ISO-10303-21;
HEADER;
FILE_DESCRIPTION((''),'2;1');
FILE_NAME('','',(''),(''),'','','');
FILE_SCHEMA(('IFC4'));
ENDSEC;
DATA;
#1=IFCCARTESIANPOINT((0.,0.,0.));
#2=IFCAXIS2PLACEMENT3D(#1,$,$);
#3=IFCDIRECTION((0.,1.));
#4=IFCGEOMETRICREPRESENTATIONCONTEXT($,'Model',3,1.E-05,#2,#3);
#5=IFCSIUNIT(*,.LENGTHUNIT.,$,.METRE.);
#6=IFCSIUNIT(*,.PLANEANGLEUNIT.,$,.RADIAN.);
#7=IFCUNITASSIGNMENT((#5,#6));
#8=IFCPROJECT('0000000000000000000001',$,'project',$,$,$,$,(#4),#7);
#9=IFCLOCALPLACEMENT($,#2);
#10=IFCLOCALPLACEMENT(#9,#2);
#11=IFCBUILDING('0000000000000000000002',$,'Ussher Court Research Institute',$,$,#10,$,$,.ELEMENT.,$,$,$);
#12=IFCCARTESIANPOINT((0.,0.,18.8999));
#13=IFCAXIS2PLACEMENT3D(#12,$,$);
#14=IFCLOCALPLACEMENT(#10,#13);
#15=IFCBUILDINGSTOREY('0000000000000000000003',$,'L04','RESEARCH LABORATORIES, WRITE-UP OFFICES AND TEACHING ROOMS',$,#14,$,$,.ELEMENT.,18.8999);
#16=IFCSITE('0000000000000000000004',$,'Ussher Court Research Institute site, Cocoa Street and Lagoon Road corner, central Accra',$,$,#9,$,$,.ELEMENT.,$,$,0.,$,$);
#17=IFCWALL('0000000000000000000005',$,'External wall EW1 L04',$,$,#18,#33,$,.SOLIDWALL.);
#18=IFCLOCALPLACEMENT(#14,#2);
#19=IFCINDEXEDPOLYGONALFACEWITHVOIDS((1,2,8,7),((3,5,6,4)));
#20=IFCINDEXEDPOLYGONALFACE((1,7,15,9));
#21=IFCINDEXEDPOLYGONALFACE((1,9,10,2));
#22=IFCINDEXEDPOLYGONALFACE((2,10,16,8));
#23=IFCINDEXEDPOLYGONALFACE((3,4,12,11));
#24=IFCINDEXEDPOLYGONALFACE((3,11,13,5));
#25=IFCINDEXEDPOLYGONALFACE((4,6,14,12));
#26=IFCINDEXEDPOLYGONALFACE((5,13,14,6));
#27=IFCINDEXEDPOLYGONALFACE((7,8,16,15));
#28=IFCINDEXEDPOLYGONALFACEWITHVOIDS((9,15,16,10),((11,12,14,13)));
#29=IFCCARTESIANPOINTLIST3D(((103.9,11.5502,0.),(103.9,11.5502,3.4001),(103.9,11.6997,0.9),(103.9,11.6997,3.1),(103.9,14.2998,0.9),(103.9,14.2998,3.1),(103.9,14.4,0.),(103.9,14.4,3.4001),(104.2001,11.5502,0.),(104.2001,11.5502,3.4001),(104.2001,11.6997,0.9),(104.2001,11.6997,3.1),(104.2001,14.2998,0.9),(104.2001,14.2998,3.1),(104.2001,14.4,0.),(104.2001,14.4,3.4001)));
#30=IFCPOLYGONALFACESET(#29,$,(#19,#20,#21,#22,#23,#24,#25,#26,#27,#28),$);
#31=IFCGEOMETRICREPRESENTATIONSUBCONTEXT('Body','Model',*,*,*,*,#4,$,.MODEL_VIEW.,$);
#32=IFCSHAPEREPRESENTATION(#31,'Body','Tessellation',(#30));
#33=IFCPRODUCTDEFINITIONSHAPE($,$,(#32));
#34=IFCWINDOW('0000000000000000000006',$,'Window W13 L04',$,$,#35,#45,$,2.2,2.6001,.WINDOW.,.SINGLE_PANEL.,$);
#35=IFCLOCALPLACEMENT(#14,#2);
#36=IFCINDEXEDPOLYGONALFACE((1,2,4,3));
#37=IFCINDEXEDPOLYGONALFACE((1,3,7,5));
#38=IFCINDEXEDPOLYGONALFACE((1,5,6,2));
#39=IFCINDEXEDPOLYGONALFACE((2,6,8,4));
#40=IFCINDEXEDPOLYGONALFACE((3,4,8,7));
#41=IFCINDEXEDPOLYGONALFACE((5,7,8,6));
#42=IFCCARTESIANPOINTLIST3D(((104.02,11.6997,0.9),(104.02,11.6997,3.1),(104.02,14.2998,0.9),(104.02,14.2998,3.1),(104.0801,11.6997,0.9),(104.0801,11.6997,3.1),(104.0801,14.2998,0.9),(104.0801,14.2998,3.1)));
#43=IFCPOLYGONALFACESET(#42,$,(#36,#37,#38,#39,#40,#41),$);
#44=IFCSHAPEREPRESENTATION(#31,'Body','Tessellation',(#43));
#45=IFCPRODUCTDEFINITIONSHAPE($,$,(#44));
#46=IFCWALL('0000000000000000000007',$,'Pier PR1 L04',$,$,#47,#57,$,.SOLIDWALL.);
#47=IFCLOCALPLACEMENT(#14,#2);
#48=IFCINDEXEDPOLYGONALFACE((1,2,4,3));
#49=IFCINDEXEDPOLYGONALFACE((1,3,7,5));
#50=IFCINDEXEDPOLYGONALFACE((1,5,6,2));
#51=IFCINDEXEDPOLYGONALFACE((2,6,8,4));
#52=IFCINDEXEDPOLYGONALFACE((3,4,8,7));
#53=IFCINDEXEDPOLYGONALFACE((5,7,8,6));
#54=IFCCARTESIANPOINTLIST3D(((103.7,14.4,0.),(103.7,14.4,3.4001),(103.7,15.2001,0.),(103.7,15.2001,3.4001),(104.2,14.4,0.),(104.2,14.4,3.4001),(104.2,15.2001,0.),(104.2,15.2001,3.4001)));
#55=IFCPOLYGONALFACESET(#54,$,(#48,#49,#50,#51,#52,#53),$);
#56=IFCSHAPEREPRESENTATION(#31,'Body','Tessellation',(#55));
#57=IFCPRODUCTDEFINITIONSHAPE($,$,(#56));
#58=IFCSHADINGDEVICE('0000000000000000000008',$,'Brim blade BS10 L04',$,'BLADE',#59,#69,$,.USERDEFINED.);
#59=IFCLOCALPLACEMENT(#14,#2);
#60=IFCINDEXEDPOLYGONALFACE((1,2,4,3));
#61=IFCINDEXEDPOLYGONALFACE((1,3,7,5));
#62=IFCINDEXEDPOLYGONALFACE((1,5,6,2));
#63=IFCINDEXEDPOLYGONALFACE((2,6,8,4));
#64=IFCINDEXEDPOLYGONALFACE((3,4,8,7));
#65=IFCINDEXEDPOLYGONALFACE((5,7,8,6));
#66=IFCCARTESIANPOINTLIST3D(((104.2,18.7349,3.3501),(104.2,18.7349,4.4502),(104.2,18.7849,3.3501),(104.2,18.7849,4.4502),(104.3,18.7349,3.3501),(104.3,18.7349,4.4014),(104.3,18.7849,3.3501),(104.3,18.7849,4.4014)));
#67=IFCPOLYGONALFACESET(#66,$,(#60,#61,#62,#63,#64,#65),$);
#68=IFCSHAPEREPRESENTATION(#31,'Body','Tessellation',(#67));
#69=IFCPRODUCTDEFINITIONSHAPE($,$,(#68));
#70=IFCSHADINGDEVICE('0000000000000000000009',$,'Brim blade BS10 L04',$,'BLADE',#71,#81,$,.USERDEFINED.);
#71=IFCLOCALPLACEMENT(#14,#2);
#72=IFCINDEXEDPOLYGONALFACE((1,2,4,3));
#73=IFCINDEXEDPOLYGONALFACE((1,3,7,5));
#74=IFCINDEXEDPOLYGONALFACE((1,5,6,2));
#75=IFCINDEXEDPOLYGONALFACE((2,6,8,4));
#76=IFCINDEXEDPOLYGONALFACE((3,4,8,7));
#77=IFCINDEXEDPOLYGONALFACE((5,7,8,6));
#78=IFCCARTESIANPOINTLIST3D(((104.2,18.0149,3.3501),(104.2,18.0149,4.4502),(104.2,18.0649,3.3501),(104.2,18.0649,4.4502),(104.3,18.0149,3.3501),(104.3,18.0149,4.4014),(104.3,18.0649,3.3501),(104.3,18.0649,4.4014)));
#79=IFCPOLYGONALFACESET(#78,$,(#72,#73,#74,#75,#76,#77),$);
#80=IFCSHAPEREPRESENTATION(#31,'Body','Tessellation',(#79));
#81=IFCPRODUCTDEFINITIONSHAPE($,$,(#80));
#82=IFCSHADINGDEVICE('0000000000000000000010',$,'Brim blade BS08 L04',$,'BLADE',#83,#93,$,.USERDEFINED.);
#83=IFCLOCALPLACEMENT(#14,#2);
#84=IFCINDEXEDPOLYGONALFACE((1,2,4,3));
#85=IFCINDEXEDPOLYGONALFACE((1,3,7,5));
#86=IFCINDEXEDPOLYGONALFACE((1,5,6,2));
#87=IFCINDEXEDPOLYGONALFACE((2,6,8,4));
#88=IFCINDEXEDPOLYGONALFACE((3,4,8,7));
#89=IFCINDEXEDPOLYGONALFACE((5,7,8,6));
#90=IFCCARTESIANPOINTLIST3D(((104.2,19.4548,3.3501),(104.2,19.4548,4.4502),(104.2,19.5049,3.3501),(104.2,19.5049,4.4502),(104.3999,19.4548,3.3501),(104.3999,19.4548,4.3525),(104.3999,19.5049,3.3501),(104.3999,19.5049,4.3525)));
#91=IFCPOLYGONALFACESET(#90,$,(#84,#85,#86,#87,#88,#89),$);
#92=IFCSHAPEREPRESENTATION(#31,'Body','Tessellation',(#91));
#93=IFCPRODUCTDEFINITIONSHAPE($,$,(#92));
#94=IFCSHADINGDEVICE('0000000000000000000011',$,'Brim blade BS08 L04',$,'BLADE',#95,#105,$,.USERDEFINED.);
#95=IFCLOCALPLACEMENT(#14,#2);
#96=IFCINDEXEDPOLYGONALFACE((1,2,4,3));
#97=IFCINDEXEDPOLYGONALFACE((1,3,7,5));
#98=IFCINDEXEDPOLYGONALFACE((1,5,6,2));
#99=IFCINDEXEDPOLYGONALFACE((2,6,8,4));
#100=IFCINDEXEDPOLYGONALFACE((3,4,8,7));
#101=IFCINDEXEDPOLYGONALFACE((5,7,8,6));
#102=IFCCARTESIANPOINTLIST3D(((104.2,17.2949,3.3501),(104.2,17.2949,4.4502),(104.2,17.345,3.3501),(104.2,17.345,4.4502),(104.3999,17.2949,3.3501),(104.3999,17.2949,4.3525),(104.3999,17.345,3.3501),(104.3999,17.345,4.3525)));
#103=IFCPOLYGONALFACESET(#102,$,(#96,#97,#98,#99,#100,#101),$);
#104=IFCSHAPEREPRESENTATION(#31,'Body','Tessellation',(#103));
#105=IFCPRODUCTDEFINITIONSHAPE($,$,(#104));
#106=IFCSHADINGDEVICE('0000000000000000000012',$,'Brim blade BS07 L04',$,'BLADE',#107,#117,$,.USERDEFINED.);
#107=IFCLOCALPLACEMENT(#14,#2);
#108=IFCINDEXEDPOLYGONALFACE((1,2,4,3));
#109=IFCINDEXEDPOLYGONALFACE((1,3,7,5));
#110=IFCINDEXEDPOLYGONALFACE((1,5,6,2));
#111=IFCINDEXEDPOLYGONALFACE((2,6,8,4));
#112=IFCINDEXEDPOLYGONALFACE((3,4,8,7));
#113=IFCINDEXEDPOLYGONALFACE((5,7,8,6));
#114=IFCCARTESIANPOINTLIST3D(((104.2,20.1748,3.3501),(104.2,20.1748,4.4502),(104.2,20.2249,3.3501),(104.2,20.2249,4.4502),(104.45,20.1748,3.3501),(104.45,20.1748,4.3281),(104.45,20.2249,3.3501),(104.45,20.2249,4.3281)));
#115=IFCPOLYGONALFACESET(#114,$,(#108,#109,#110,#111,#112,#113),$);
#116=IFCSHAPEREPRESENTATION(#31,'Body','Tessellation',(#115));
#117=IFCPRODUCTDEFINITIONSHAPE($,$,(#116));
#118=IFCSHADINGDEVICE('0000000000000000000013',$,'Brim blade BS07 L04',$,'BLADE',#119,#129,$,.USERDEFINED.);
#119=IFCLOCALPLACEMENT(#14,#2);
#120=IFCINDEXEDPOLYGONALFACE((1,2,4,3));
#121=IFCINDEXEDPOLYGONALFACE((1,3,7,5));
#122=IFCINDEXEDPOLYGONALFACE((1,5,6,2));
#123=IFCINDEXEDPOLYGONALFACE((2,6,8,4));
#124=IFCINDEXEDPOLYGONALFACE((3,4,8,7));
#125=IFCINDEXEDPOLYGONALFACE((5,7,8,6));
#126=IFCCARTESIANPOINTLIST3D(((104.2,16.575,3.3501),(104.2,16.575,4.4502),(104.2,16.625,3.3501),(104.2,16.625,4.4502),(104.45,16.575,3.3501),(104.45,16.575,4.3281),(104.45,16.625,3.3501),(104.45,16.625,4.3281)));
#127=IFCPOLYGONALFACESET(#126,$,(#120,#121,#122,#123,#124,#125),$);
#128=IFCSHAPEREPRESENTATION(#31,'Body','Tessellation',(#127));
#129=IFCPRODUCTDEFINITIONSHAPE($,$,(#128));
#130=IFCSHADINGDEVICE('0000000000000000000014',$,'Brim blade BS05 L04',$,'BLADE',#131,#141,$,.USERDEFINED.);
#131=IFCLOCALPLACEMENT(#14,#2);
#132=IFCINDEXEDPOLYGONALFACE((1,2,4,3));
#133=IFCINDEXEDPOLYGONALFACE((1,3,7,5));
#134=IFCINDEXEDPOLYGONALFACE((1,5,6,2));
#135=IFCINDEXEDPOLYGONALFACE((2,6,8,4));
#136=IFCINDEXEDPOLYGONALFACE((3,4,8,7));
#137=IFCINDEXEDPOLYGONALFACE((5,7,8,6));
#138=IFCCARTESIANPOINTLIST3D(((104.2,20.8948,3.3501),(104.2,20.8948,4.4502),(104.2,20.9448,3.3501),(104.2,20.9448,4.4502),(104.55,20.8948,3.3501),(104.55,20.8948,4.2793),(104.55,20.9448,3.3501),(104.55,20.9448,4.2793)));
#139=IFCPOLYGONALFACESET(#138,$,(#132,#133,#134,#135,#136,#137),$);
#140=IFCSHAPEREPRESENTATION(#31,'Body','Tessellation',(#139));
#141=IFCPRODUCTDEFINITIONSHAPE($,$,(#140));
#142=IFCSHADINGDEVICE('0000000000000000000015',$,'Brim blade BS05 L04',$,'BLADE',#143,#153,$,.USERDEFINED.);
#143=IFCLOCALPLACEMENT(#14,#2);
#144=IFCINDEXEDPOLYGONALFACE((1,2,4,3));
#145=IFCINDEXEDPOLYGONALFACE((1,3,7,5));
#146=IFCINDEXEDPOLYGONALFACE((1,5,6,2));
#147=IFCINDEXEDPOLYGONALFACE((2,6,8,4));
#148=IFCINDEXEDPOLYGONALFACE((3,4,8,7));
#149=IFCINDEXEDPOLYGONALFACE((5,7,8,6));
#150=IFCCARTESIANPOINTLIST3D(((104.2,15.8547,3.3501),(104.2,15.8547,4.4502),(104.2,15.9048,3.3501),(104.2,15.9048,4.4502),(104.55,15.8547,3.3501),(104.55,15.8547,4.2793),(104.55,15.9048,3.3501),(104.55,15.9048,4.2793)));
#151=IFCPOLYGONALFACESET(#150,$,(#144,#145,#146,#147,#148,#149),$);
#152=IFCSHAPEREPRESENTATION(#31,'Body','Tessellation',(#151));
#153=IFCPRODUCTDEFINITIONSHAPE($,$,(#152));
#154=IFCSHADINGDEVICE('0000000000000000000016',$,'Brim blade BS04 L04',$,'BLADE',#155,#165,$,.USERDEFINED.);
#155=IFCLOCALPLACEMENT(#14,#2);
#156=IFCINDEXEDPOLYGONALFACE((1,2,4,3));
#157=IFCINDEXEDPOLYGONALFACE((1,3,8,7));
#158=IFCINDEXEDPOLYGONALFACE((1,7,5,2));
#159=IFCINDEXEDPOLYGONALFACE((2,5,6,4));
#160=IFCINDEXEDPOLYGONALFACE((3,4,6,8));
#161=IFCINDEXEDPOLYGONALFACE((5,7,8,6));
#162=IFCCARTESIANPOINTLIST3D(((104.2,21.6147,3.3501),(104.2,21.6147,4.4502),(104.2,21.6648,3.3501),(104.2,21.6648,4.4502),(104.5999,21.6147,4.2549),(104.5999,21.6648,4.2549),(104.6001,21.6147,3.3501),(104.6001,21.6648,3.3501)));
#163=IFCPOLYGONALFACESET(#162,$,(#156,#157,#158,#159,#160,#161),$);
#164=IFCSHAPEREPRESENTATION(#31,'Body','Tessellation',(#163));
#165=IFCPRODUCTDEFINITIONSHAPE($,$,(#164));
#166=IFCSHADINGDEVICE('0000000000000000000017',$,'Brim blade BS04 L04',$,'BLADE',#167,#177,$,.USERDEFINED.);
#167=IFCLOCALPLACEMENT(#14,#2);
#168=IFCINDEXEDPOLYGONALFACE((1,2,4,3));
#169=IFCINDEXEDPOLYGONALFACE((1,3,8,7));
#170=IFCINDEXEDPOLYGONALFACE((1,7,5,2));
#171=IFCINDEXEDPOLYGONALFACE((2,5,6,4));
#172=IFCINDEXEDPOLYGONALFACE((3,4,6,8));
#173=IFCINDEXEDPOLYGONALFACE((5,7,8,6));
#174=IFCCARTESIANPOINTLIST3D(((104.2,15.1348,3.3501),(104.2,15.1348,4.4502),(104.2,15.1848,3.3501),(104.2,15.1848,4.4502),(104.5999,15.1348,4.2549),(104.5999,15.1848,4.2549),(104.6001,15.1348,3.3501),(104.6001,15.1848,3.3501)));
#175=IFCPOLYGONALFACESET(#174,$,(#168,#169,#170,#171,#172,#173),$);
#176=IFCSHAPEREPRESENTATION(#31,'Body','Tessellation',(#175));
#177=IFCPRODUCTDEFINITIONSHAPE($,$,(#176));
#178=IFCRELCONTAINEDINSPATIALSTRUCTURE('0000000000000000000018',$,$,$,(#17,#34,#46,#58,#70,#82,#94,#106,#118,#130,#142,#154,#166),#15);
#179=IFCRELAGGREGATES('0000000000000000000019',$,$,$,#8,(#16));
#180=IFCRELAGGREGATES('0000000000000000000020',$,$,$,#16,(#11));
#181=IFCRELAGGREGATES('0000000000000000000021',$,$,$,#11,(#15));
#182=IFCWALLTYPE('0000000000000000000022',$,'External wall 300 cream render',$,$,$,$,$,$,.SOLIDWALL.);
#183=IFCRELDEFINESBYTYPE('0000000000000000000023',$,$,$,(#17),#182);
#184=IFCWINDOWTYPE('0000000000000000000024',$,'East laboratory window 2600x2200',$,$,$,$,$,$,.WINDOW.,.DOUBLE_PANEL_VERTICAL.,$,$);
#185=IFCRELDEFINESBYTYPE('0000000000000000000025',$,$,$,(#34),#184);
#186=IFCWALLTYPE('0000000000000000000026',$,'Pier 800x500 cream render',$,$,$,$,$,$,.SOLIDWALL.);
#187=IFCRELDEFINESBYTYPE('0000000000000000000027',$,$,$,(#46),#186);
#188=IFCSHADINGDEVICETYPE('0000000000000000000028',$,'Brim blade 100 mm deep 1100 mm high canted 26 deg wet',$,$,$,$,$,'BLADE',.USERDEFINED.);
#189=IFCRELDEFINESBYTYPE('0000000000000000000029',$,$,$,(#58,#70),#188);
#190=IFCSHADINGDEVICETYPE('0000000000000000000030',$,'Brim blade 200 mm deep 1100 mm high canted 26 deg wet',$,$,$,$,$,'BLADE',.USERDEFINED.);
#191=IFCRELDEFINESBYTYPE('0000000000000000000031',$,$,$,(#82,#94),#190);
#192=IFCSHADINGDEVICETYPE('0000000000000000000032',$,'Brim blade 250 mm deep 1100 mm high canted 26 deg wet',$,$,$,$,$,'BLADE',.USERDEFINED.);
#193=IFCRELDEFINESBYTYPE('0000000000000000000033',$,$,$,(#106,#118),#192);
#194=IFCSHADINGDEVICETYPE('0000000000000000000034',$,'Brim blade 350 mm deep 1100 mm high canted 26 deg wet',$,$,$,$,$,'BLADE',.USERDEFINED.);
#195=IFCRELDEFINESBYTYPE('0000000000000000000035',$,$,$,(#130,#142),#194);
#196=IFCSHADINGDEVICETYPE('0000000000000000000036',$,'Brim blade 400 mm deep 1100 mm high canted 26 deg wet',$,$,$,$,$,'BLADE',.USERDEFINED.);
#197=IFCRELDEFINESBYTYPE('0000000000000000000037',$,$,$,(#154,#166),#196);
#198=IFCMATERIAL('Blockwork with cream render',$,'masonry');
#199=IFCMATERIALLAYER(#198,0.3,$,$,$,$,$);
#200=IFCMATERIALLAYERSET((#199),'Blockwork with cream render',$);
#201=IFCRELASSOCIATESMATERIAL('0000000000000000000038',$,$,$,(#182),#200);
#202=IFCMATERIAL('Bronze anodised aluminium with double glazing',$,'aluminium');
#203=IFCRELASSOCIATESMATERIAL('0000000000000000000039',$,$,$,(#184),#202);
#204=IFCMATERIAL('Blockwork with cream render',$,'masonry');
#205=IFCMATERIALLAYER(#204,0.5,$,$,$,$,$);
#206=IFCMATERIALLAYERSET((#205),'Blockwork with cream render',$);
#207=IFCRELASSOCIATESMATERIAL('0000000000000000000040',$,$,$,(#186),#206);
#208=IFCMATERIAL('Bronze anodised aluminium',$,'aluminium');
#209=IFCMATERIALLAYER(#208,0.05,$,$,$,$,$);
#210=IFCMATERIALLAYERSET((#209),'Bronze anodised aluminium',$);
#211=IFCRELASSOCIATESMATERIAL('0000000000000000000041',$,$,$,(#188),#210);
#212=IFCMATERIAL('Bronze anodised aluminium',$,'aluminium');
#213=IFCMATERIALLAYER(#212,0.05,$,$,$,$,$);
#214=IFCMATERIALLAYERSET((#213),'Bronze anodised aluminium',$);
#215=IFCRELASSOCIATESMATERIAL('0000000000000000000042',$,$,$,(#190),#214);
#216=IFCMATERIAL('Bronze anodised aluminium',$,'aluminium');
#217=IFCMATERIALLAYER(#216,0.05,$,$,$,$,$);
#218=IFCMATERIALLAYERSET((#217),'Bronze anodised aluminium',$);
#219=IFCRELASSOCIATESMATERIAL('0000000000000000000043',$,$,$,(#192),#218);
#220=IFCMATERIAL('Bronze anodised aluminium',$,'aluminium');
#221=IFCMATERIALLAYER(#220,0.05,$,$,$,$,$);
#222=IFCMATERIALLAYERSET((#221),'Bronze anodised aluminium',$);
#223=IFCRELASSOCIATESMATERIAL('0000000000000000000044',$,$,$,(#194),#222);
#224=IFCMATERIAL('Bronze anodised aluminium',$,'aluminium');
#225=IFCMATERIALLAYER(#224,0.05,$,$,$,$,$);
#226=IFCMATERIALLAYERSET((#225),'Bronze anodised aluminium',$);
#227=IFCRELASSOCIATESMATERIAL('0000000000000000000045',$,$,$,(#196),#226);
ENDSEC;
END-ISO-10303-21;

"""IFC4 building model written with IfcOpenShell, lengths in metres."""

from ifc_helpers import new_model, si_unit, direction, frame, frame_2d, origin, place, context, subcontext, project, spatial, polyline, rectangle, outline, extrude, material, layer, layer_set, type_object, element, fill, save


model = new_model("IFC4")

# Units and contexts
model_context = context("Model", 3, precision=1e-05, world=origin(), true_north=direction((0.0, 1.0)))
body_context = subcontext(model_context, "Body", "Model", "MODEL_VIEW")
ifc_project = project(units=[si_unit("LENGTHUNIT", "METRE"), si_unit("PLANEANGLEUNIT", "RADIAN")], contexts=[model_context])

# Site, building, storey
site_placement = place(None, origin())
site = spatial("IfcSite", under=ifc_project, at=site_placement, Name="Ussher Court Research Institute site, Cocoa Street and Lagoon Road corner, central Accra", CompositionType="ELEMENT", RefElevation=0.0)
building_placement = place(site_placement, origin())
building = spatial("IfcBuilding", under=site, at=building_placement, Name="Ussher Court Research Institute", CompositionType="ELEMENT")
storey_placement = place(building_placement, frame((0.0, 0.0, 18.8999)))
storey = spatial("IfcBuildingStorey", under=building, at=storey_placement, Name="L04", Description="RESEARCH LABORATORIES, WRITE-UP OFFICES AND TEACHING ROOMS", CompositionType="ELEMENT", Elevation=18.8999)

# Wall, opening, window
ifc_material_1 = material(Name="Blockwork with cream render", Category="masonry")
ifc_layer_1 = layer(ifc_material_1, 0.3)
ifc_layer_set_1 = layer_set([ifc_layer_1], Name="Blockwork with cream render")
wall_type_1 = type_object("IfcWallType", Name="External wall 300 cream render", PredefinedType="SOLIDWALL", material=ifc_layer_set_1)
ifc_material_2 = material(Name="Bronze anodised aluminium with double glazing", Category="aluminium")
window_type = type_object("IfcWindowType", Name="East laboratory window 2600x2200", PartitioningType="DOUBLE_PANEL_VERTICAL", PredefinedType="WINDOW", material=ifc_material_2)
wall_1_placement = place(storey_placement, frame((104.05, 14.3999, 0.0), z_axis=(0.0, 0.0, 1.0), x_axis=(0.0, -1.0, 0.0)))
wall_1 = element("IfcWall", 1, at=wall_1_placement, inside=storey, type_object=wall_type_1, Name="External wall EW1 L04", PredefinedType="SOLIDWALL", context=body_context, shape_type="SweptSolid", body=[
    extrude(rectangle(XDim=2.8499, YDim=0.3, at=frame_2d((1.4248, 0.0))), origin(), (0.0, 0.0, 1.0), 3.4001),
])
opening_1_placement = place(wall_1_placement, frame((0.1001, 0.0, 0.8999)))
opening_1 = element("IfcOpeningElement", 2, at=opening_1_placement, cuts=wall_1, PredefinedType="OPENING", context=body_context, shape_type="SweptSolid", body=[
    extrude(rectangle(XDim=2.6001, YDim=2.2, at=frame_2d((1.3, 1.1001))), frame((0.0, 0.1602, 0.0), z_axis=(0.0, -1.0, 0.0), x_axis=(1.0, 0.0, 0.0)), (0.0, 0.0, 1.0), 0.3201),
])
window_1_placement = place(opening_1_placement, origin())
window_1 = element("IfcWindow", 3, at=window_1_placement, inside=storey, type_object=window_type, Name="Window W13 L04", OverallHeight=2.2, OverallWidth=2.6001, PartitioningType="SINGLE_PANEL", PredefinedType="WINDOW", context=body_context, shape_type="SweptSolid", body=[
    extrude(rectangle(XDim=2.6001, YDim=2.2, at=frame_2d((1.3, 1.1001))), frame((0.0, 0.03, 0.0), z_axis=(0.0, -1.0, 0.0), x_axis=(1.0, 0.0, 0.0)), (0.0, 0.0, 1.0), 0.0601),
])
fill(opening_1, window_1)

# Wall
ifc_material_3 = material(Name="Blockwork with cream render", Category="masonry")
ifc_layer_2 = layer(ifc_material_3, 0.5)
ifc_layer_set_2 = layer_set([ifc_layer_2], Name="Blockwork with cream render")
wall_type_2 = type_object("IfcWallType", Name="Pier 800x500 cream render", PredefinedType="SOLIDWALL", material=ifc_layer_set_2)
wall_2_placement = place(storey_placement, frame((103.95, 15.2, 0.0), z_axis=(0.0, 0.0, 1.0), x_axis=(0.0, -1.0, 0.0)))
element("IfcWall", 4, at=wall_2_placement, inside=storey, type_object=wall_type_2, Name="Pier PR1 L04", PredefinedType="SOLIDWALL", context=body_context, shape_type="SweptSolid", body=[
    extrude(rectangle(XDim=0.8, YDim=0.5, at=frame_2d((0.3999, 0.0))), origin(), (0.0, 0.0, 1.0), 3.4001),
])

# Shading devices
ifc_material_4 = material(Name="Bronze anodised aluminium", Category="aluminium")
ifc_layer_3 = layer(ifc_material_4, 0.05)
ifc_layer_set_3 = layer_set([ifc_layer_3], Name="Bronze anodised aluminium")
shading_device_type_1 = type_object("IfcShadingDeviceType", Name="Brim blade 100 mm deep 1100 mm high canted 26 deg wet", ElementType="BLADE", PredefinedType="USERDEFINED", material=ifc_layer_set_3)
for number, where, z_axis, x_axis, name in (
    (5, (104.2, 18.76, 3.3501), (0.0, 0.0, 1.0), (1.0, 0.0, 0.0), "Brim blade BS10 L04"),
    (6, (104.2, 18.04, 3.3501), (0.0, 0.0, 1.0), (1.0, 0.0, 0.0), "Brim blade BS10 L04"),
):
    element("IfcShadingDevice", number, at=place(storey_placement, frame(where, z_axis=z_axis, x_axis=x_axis)), inside=storey, type_object=shading_device_type_1, Name=name, ObjectType="BLADE", PredefinedType="USERDEFINED", context=body_context, shape_type="SweptSolid", body=[
        extrude(outline(polyline([(0.0, 0.0), (0.1001, 0.0), (0.1001, 1.0513), (0.0, 1.1001), (0.0, 0.0)])), frame((0.0, 0.0249, 0.0), z_axis=(0.0, -1.0, 0.0), x_axis=(1.0, 0.0, 0.0)), (0.0, 0.0, 1.0), 0.05),
    ])
ifc_material_5 = material(Name="Bronze anodised aluminium", Category="aluminium")
ifc_layer_4 = layer(ifc_material_5, 0.05)
ifc_layer_set_4 = layer_set([ifc_layer_4], Name="Bronze anodised aluminium")
shading_device_type_2 = type_object("IfcShadingDeviceType", Name="Brim blade 200 mm deep 1100 mm high canted 26 deg wet", ElementType="BLADE", PredefinedType="USERDEFINED", material=ifc_layer_set_4)
for number, where, z_axis, x_axis, name in (
    (7, (104.2, 19.48, 3.3501), (0.0, 0.0, 1.0), (1.0, 0.0, 0.0), "Brim blade BS08 L04"),
    (8, (104.2, 17.3201, 3.3501), (0.0, 0.0, 1.0), (1.0, 0.0, 0.0), "Brim blade BS08 L04"),
):
    element("IfcShadingDevice", number, at=place(storey_placement, frame(where, z_axis=z_axis, x_axis=x_axis)), inside=storey, type_object=shading_device_type_2, Name=name, ObjectType="BLADE", PredefinedType="USERDEFINED", context=body_context, shape_type="SweptSolid", body=[
        extrude(outline(polyline([(0.0, 0.0), (0.2, 0.0), (0.2, 1.0024), (0.0, 1.1001), (0.0, 0.0)])), frame((0.0, 0.0249, 0.0), z_axis=(0.0, -1.0, 0.0), x_axis=(1.0, 0.0, 0.0)), (0.0, 0.0, 1.0), 0.05),
    ])
ifc_material_6 = material(Name="Bronze anodised aluminium", Category="aluminium")
ifc_layer_5 = layer(ifc_material_6, 0.05)
ifc_layer_set_5 = layer_set([ifc_layer_5], Name="Bronze anodised aluminium")
shading_device_type_3 = type_object("IfcShadingDeviceType", Name="Brim blade 250 mm deep 1100 mm high canted 26 deg wet", ElementType="BLADE", PredefinedType="USERDEFINED", material=ifc_layer_set_5)
for number, where, z_axis, x_axis, name in (
    (9, (104.2, 20.2, 3.3501), (0.0, 0.0, 1.0), (1.0, 0.0, 0.0), "Brim blade BS07 L04"),
    (10, (104.2, 16.6001, 3.3501), (0.0, 0.0, 1.0), (1.0, 0.0, 0.0), "Brim blade BS07 L04"),
):
    element("IfcShadingDevice", number, at=place(storey_placement, frame(where, z_axis=z_axis, x_axis=x_axis)), inside=storey, type_object=shading_device_type_3, Name=name, ObjectType="BLADE", PredefinedType="USERDEFINED", context=body_context, shape_type="SweptSolid", body=[
        extrude(outline(polyline([(0.0, 0.0), (0.25, 0.0), (0.25, 0.978), (0.0, 1.1001), (0.0, 0.0)])), frame((0.0, 0.0249, 0.0), z_axis=(0.0, -1.0, 0.0), x_axis=(1.0, 0.0, 0.0)), (0.0, 0.0, 1.0), 0.05),
    ])
ifc_material_7 = material(Name="Bronze anodised aluminium", Category="aluminium")
ifc_layer_6 = layer(ifc_material_7, 0.05)
ifc_layer_set_6 = layer_set([ifc_layer_6], Name="Bronze anodised aluminium")
shading_device_type_4 = type_object("IfcShadingDeviceType", Name="Brim blade 350 mm deep 1100 mm high canted 26 deg wet", ElementType="BLADE", PredefinedType="USERDEFINED", material=ifc_layer_set_6)
for number, where, z_axis, x_axis, name in (
    (11, (104.2, 20.9199, 3.3501), (0.0, 0.0, 1.0), (1.0, 0.0, 0.0), "Brim blade BS05 L04"),
    (12, (104.2, 15.8799, 3.3501), (0.0, 0.0, 1.0), (1.0, 0.0, 0.0), "Brim blade BS05 L04"),
):
    element("IfcShadingDevice", number, at=place(storey_placement, frame(where, z_axis=z_axis, x_axis=x_axis)), inside=storey, type_object=shading_device_type_4, Name=name, ObjectType="BLADE", PredefinedType="USERDEFINED", context=body_context, shape_type="SweptSolid", body=[
        extrude(outline(polyline([(0.0, 0.0), (0.3501, 0.0), (0.3501, 0.9292), (0.0, 1.1001), (0.0, 0.0)])), frame((0.0, 0.0249, 0.0), z_axis=(0.0, -1.0, 0.0), x_axis=(1.0, 0.0, 0.0)), (0.0, 0.0, 1.0), 0.05),
    ])
ifc_material_8 = material(Name="Bronze anodised aluminium", Category="aluminium")
ifc_layer_7 = layer(ifc_material_8, 0.05)
ifc_layer_set_7 = layer_set([ifc_layer_7], Name="Bronze anodised aluminium")
shading_device_type_5 = type_object("IfcShadingDeviceType", Name="Brim blade 400 mm deep 1100 mm high canted 26 deg wet", ElementType="BLADE", PredefinedType="USERDEFINED", material=ifc_layer_set_7)
for number, where, z_axis, x_axis, name in (
    (13, (104.2, 21.6399, 3.3501), (0.0, 0.0, 1.0), (1.0, 0.0, 0.0), "Brim blade BS04 L04"),
    (14, (104.2, 15.1599, 3.3501), (0.0, 0.0, 1.0), (1.0, 0.0, 0.0), "Brim blade BS04 L04"),
):
    element("IfcShadingDevice", number, at=place(storey_placement, frame(where, z_axis=z_axis, x_axis=x_axis)), inside=storey, type_object=shading_device_type_5, Name=name, ObjectType="BLADE", PredefinedType="USERDEFINED", context=body_context, shape_type="SweptSolid", body=[
        extrude(outline(polyline([(0.0, 0.0), (0.4001, 0.0), (0.3999, 0.9048), (0.0, 1.1001), (0.0, 0.0)])), frame((0.0, 0.0249, 0.0), z_axis=(0.0, -1.0, 0.0), x_axis=(1.0, 0.0, 0.0)), (0.0, 0.0, 1.0), 0.05),
    ])

save(model, "model.ifc")
